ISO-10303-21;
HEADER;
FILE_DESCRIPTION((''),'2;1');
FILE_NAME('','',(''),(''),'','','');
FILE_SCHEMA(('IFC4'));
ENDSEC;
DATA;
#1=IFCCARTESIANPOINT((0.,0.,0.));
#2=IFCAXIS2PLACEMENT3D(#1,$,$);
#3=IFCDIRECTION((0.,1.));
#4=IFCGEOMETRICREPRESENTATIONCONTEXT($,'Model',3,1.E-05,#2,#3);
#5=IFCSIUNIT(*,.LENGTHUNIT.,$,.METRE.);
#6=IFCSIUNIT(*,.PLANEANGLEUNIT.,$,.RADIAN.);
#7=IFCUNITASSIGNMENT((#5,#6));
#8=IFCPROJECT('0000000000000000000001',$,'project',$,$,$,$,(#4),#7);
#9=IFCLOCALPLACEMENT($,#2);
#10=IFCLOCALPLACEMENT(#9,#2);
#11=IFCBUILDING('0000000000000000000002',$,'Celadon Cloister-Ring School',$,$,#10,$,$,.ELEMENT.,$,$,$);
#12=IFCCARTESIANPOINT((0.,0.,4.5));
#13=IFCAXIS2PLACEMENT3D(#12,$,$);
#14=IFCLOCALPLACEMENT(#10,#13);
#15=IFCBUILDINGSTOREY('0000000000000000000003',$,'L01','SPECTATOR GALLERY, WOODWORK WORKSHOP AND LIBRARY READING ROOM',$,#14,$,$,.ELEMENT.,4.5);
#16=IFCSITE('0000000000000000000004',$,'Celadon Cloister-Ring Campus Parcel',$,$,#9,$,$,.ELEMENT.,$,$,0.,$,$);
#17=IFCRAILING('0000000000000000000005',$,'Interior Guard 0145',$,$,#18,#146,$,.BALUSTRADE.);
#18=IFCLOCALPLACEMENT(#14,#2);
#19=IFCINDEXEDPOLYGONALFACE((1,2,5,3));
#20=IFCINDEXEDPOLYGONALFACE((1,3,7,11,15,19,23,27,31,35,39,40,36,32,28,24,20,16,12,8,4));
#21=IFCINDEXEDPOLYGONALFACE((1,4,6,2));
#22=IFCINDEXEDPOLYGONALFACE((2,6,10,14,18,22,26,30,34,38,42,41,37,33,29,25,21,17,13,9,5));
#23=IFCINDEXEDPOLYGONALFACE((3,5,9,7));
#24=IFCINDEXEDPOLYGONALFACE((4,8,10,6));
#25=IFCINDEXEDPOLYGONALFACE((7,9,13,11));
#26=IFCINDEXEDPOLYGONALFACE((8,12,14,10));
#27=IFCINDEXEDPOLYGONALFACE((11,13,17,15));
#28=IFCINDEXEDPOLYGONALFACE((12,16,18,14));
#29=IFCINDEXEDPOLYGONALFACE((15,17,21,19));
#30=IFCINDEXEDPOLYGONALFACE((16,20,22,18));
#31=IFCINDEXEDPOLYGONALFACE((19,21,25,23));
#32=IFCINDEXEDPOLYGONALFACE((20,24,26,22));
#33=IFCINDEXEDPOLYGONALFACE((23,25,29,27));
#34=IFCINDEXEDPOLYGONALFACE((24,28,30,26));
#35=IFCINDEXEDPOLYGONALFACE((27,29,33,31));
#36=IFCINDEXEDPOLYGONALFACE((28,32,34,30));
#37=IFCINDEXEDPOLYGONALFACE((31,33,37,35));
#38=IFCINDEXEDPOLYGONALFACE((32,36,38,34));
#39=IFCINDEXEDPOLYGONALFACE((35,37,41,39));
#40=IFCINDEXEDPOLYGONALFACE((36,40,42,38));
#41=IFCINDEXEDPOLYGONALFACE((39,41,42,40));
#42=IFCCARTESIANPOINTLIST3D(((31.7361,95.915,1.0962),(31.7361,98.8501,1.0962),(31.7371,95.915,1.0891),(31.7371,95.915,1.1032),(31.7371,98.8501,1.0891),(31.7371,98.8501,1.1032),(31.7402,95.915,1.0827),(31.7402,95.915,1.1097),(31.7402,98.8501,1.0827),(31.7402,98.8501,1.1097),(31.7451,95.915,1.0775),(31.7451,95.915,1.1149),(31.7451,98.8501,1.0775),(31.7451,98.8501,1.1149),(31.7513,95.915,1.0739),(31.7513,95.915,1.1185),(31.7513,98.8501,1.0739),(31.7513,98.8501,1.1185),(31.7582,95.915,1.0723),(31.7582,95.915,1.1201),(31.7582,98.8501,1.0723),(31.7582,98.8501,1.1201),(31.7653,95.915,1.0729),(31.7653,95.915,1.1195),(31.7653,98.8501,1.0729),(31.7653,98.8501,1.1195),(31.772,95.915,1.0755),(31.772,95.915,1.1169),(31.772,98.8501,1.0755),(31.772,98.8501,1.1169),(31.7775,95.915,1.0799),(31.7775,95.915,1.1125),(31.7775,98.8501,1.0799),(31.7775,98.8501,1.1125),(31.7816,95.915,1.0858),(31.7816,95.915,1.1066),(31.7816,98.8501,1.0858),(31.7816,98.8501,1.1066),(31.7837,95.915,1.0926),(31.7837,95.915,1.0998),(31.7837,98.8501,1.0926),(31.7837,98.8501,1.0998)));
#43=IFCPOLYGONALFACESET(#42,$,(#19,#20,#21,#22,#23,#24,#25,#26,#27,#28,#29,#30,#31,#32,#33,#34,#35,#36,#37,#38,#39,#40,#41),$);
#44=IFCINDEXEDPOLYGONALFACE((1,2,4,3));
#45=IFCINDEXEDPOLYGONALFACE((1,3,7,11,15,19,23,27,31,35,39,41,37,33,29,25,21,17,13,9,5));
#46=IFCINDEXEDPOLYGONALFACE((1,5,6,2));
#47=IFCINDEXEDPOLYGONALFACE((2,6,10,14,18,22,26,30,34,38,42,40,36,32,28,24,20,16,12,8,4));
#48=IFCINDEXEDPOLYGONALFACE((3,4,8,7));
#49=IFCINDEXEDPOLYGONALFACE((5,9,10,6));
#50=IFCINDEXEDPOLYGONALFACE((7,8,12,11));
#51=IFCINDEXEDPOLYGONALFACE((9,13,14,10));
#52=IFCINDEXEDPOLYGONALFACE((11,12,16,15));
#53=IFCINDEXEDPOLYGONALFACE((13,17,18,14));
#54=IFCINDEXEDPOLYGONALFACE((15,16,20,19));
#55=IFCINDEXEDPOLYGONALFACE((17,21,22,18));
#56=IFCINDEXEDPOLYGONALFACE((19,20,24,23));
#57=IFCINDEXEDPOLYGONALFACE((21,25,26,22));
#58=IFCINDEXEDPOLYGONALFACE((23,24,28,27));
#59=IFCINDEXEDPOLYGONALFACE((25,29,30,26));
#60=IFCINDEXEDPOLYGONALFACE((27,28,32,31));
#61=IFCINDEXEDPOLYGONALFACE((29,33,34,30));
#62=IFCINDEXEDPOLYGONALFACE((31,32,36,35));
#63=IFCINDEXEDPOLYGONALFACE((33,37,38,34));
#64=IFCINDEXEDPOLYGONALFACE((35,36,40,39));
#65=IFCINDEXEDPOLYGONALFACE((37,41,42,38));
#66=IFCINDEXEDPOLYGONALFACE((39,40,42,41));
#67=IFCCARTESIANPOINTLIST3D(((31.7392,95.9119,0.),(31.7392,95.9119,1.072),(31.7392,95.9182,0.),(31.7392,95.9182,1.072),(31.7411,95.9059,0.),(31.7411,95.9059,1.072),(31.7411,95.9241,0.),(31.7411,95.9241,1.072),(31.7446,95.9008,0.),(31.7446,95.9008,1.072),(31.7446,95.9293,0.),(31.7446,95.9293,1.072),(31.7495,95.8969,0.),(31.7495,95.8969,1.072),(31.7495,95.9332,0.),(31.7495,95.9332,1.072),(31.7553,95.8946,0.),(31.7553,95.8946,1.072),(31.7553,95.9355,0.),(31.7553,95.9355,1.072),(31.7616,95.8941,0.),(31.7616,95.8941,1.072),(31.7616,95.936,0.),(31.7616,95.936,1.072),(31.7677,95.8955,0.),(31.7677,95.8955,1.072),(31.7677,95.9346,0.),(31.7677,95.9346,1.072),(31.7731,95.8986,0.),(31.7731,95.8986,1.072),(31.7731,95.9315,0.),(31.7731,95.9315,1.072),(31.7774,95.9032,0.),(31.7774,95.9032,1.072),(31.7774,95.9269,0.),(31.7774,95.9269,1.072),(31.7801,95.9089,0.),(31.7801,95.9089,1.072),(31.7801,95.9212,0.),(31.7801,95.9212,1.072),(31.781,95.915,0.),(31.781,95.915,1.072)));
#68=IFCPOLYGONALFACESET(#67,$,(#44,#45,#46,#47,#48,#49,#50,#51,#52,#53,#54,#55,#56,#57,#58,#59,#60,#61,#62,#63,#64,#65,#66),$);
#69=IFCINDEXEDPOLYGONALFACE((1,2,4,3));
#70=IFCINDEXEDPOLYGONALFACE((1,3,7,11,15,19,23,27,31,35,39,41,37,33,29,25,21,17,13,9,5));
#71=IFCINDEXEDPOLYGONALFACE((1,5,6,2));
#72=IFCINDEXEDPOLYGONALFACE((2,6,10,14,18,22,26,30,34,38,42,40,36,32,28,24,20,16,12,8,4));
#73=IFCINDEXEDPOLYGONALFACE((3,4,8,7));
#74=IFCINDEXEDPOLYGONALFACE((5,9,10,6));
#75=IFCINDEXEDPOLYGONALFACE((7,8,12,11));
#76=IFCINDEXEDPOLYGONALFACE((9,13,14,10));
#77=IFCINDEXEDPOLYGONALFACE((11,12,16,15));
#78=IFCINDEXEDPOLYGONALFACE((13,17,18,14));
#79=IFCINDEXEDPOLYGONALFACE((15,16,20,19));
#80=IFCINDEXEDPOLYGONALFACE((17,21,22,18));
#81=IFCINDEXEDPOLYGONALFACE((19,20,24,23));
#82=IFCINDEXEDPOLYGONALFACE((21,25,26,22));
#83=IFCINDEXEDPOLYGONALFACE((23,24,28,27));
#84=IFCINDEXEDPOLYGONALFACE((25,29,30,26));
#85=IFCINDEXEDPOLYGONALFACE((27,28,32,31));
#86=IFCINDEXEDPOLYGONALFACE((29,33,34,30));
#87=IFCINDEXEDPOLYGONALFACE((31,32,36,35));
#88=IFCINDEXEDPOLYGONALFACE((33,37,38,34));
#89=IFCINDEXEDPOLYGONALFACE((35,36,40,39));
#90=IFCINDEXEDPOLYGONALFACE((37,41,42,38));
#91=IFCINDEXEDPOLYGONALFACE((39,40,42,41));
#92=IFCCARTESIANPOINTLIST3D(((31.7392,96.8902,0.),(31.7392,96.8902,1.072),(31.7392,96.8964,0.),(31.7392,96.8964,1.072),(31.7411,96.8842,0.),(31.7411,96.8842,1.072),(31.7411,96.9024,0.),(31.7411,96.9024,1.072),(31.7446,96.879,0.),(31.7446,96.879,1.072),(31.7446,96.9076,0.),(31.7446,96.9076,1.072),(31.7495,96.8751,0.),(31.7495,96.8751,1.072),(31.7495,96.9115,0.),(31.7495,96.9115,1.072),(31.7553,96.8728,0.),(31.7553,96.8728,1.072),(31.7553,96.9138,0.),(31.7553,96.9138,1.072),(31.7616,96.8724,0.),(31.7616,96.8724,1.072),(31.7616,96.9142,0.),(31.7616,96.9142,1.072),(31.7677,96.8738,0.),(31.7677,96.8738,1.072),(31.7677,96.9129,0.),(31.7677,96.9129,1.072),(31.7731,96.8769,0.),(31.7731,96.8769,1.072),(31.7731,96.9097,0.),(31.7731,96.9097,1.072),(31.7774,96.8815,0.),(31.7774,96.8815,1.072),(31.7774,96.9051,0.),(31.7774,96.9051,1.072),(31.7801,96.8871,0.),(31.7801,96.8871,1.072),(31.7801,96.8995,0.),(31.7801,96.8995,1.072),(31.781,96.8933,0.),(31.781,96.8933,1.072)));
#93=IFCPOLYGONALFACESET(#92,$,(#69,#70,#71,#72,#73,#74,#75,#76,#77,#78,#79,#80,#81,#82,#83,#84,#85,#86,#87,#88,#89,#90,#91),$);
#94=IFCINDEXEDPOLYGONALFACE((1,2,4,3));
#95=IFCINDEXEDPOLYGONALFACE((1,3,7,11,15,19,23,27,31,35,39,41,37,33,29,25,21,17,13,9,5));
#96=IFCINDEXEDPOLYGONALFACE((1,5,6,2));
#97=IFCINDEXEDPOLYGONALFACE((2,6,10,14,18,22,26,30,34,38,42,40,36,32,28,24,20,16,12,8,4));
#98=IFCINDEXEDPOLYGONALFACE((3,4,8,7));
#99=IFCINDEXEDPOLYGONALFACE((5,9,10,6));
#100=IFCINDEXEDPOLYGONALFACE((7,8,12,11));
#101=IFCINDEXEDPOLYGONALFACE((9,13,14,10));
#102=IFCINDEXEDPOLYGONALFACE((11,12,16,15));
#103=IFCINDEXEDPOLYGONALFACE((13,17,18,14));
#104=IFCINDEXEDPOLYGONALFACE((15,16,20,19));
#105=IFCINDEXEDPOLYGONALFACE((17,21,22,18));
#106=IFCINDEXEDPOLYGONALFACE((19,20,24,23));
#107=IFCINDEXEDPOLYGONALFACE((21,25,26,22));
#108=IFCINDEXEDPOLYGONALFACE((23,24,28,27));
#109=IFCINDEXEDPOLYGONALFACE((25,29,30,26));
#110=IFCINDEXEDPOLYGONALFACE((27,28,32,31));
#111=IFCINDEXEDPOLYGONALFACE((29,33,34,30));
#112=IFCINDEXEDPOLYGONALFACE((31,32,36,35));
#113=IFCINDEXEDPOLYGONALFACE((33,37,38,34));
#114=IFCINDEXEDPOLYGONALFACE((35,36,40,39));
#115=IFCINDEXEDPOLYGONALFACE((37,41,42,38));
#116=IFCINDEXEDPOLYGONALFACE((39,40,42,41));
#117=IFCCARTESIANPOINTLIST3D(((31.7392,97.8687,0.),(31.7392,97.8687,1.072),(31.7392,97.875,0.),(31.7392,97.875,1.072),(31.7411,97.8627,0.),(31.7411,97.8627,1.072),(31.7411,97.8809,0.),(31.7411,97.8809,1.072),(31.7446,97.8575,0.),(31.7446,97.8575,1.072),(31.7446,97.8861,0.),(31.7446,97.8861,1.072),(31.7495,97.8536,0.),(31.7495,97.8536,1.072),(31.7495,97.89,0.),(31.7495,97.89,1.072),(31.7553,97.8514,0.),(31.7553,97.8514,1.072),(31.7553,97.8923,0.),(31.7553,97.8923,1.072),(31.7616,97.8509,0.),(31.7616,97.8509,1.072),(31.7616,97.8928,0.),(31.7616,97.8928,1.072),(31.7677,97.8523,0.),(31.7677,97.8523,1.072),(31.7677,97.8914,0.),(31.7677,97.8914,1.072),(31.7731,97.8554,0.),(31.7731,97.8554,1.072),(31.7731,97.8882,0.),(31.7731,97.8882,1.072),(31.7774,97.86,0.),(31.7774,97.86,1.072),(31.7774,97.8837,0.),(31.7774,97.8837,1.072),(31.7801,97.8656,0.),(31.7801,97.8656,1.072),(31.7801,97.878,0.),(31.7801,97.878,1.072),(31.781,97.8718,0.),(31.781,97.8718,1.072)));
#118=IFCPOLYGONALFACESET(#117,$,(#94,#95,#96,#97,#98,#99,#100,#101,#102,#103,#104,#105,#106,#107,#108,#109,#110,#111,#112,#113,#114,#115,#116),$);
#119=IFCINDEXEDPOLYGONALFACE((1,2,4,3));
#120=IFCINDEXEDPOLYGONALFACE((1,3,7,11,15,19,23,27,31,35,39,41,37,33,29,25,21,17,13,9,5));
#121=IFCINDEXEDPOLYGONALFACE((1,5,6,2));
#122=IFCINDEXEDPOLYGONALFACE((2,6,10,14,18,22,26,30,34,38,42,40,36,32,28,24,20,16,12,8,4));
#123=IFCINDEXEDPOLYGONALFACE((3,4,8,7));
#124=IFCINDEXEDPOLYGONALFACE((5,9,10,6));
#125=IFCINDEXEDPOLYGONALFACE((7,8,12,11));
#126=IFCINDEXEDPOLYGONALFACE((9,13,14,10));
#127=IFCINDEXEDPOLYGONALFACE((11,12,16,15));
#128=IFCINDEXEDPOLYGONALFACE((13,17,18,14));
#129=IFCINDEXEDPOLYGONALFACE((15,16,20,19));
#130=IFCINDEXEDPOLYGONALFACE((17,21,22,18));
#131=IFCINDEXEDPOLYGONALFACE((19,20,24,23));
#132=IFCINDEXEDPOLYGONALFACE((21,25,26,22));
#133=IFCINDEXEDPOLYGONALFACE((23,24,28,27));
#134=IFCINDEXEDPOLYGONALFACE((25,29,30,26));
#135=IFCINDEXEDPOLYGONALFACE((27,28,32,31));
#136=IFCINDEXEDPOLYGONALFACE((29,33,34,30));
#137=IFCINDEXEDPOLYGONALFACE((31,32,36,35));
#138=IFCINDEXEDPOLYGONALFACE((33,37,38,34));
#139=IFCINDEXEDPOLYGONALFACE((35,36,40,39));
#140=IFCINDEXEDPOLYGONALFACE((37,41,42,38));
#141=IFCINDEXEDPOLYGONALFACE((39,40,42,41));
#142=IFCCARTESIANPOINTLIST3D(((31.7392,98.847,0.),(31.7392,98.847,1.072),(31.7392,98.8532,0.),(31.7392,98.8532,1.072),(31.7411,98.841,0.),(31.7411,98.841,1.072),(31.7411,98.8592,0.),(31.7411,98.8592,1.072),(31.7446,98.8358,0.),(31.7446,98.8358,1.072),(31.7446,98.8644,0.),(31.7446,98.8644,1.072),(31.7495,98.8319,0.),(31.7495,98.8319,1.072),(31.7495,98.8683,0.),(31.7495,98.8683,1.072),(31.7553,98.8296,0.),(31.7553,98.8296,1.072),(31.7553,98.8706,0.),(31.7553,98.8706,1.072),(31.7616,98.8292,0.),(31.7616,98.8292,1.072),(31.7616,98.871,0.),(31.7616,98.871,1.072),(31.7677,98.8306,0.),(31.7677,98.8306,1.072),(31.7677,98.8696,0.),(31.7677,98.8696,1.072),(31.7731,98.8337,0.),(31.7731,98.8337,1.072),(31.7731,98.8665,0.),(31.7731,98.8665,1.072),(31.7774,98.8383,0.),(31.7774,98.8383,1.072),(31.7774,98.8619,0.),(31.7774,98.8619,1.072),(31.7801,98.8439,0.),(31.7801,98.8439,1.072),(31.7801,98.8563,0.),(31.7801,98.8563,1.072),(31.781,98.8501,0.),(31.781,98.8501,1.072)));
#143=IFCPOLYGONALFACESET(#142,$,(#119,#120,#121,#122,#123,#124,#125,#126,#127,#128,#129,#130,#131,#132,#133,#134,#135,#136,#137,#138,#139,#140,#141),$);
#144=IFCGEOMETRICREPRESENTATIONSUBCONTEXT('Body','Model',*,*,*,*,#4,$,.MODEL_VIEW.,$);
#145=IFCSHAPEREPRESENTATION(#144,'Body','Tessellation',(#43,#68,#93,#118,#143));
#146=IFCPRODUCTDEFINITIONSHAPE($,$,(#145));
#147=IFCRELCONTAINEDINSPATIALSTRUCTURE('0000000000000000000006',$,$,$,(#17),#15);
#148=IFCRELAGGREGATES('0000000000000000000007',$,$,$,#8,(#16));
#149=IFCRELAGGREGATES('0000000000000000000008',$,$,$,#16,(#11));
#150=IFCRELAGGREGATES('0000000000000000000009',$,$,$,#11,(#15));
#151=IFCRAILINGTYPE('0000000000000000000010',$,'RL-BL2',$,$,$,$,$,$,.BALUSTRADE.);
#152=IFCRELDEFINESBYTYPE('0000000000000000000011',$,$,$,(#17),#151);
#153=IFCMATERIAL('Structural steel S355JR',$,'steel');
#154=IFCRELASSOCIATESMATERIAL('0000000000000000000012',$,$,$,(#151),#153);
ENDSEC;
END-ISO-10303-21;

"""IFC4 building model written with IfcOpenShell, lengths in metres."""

from ifc_helpers import new_model, si_unit, direction, frame, origin, origin_2d, place, context, subcontext, project, spatial, circle, extrude, material, type_object, element, save


model = new_model("IFC4")

# Units and contexts
model_context = context("Model", 3, precision=1e-05, world=origin(), true_north=direction((0.0, 1.0)))
body_context = subcontext(model_context, "Body", "Model", "MODEL_VIEW")
ifc_project = project(units=[si_unit("LENGTHUNIT", "METRE"), si_unit("PLANEANGLEUNIT", "RADIAN")], contexts=[model_context])

# Site, building, storey
site_placement = place(None, origin())
site = spatial("IfcSite", under=ifc_project, at=site_placement, Name="Celadon Cloister-Ring Campus Parcel", CompositionType="ELEMENT", RefElevation=0.0)
building_placement = place(site_placement, origin())
building = spatial("IfcBuilding", under=site, at=building_placement, Name="Celadon Cloister-Ring School", CompositionType="ELEMENT")
storey_placement = place(building_placement, frame((0.0, 0.0, 4.5)))
storey = spatial("IfcBuildingStorey", under=building, at=storey_placement, Name="L01", Description="SPECTATOR GALLERY, WOODWORK WORKSHOP AND LIBRARY READING ROOM", CompositionType="ELEMENT", Elevation=4.5)

# Railing
ifc_material_1 = material(Name="Structural steel S355JR", Category="steel")
railing_type_1 = type_object("IfcRailingType", Name="RL-BL2", PredefinedType="BALUSTRADE", material=ifc_material_1)
railing_1_placement = place(storey_placement, frame((31.76, 95.915, 0.0)))
element("IfcRailing", 1, at=railing_1_placement, inside=storey, type_object=railing_type_1, Name="Interior Guard 0145", PredefinedType="BALUSTRADE", context=body_context, shape_type="SweptSolid", body=[
    extrude(circle(Radius=0.0239, at=origin_2d()), frame((0.0, 0.0, 1.0962), z_axis=(0.0, 1.0, 0.0), x_axis=(-1.0, 0.0, 0.0)), (0.0, 0.0, 1.0), 2.9351),
    extrude(circle(Radius=0.021, at=origin_2d()), origin(), (0.0, 0.0, 1.0), 1.072),
    extrude(circle(Radius=0.021, at=origin_2d()), frame((0.0, 0.9783, 0.0)), (0.0, 0.0, 1.0), 1.072),
    extrude(circle(Radius=0.021, at=origin_2d()), frame((0.0, 1.9568, 0.0)), (0.0, 0.0, 1.0), 1.072),
    extrude(circle(Radius=0.021, at=origin_2d()), frame((0.0, 2.9351, 0.0)), (0.0, 0.0, 1.0), 1.072),
])

save(model, "model.ifc")
